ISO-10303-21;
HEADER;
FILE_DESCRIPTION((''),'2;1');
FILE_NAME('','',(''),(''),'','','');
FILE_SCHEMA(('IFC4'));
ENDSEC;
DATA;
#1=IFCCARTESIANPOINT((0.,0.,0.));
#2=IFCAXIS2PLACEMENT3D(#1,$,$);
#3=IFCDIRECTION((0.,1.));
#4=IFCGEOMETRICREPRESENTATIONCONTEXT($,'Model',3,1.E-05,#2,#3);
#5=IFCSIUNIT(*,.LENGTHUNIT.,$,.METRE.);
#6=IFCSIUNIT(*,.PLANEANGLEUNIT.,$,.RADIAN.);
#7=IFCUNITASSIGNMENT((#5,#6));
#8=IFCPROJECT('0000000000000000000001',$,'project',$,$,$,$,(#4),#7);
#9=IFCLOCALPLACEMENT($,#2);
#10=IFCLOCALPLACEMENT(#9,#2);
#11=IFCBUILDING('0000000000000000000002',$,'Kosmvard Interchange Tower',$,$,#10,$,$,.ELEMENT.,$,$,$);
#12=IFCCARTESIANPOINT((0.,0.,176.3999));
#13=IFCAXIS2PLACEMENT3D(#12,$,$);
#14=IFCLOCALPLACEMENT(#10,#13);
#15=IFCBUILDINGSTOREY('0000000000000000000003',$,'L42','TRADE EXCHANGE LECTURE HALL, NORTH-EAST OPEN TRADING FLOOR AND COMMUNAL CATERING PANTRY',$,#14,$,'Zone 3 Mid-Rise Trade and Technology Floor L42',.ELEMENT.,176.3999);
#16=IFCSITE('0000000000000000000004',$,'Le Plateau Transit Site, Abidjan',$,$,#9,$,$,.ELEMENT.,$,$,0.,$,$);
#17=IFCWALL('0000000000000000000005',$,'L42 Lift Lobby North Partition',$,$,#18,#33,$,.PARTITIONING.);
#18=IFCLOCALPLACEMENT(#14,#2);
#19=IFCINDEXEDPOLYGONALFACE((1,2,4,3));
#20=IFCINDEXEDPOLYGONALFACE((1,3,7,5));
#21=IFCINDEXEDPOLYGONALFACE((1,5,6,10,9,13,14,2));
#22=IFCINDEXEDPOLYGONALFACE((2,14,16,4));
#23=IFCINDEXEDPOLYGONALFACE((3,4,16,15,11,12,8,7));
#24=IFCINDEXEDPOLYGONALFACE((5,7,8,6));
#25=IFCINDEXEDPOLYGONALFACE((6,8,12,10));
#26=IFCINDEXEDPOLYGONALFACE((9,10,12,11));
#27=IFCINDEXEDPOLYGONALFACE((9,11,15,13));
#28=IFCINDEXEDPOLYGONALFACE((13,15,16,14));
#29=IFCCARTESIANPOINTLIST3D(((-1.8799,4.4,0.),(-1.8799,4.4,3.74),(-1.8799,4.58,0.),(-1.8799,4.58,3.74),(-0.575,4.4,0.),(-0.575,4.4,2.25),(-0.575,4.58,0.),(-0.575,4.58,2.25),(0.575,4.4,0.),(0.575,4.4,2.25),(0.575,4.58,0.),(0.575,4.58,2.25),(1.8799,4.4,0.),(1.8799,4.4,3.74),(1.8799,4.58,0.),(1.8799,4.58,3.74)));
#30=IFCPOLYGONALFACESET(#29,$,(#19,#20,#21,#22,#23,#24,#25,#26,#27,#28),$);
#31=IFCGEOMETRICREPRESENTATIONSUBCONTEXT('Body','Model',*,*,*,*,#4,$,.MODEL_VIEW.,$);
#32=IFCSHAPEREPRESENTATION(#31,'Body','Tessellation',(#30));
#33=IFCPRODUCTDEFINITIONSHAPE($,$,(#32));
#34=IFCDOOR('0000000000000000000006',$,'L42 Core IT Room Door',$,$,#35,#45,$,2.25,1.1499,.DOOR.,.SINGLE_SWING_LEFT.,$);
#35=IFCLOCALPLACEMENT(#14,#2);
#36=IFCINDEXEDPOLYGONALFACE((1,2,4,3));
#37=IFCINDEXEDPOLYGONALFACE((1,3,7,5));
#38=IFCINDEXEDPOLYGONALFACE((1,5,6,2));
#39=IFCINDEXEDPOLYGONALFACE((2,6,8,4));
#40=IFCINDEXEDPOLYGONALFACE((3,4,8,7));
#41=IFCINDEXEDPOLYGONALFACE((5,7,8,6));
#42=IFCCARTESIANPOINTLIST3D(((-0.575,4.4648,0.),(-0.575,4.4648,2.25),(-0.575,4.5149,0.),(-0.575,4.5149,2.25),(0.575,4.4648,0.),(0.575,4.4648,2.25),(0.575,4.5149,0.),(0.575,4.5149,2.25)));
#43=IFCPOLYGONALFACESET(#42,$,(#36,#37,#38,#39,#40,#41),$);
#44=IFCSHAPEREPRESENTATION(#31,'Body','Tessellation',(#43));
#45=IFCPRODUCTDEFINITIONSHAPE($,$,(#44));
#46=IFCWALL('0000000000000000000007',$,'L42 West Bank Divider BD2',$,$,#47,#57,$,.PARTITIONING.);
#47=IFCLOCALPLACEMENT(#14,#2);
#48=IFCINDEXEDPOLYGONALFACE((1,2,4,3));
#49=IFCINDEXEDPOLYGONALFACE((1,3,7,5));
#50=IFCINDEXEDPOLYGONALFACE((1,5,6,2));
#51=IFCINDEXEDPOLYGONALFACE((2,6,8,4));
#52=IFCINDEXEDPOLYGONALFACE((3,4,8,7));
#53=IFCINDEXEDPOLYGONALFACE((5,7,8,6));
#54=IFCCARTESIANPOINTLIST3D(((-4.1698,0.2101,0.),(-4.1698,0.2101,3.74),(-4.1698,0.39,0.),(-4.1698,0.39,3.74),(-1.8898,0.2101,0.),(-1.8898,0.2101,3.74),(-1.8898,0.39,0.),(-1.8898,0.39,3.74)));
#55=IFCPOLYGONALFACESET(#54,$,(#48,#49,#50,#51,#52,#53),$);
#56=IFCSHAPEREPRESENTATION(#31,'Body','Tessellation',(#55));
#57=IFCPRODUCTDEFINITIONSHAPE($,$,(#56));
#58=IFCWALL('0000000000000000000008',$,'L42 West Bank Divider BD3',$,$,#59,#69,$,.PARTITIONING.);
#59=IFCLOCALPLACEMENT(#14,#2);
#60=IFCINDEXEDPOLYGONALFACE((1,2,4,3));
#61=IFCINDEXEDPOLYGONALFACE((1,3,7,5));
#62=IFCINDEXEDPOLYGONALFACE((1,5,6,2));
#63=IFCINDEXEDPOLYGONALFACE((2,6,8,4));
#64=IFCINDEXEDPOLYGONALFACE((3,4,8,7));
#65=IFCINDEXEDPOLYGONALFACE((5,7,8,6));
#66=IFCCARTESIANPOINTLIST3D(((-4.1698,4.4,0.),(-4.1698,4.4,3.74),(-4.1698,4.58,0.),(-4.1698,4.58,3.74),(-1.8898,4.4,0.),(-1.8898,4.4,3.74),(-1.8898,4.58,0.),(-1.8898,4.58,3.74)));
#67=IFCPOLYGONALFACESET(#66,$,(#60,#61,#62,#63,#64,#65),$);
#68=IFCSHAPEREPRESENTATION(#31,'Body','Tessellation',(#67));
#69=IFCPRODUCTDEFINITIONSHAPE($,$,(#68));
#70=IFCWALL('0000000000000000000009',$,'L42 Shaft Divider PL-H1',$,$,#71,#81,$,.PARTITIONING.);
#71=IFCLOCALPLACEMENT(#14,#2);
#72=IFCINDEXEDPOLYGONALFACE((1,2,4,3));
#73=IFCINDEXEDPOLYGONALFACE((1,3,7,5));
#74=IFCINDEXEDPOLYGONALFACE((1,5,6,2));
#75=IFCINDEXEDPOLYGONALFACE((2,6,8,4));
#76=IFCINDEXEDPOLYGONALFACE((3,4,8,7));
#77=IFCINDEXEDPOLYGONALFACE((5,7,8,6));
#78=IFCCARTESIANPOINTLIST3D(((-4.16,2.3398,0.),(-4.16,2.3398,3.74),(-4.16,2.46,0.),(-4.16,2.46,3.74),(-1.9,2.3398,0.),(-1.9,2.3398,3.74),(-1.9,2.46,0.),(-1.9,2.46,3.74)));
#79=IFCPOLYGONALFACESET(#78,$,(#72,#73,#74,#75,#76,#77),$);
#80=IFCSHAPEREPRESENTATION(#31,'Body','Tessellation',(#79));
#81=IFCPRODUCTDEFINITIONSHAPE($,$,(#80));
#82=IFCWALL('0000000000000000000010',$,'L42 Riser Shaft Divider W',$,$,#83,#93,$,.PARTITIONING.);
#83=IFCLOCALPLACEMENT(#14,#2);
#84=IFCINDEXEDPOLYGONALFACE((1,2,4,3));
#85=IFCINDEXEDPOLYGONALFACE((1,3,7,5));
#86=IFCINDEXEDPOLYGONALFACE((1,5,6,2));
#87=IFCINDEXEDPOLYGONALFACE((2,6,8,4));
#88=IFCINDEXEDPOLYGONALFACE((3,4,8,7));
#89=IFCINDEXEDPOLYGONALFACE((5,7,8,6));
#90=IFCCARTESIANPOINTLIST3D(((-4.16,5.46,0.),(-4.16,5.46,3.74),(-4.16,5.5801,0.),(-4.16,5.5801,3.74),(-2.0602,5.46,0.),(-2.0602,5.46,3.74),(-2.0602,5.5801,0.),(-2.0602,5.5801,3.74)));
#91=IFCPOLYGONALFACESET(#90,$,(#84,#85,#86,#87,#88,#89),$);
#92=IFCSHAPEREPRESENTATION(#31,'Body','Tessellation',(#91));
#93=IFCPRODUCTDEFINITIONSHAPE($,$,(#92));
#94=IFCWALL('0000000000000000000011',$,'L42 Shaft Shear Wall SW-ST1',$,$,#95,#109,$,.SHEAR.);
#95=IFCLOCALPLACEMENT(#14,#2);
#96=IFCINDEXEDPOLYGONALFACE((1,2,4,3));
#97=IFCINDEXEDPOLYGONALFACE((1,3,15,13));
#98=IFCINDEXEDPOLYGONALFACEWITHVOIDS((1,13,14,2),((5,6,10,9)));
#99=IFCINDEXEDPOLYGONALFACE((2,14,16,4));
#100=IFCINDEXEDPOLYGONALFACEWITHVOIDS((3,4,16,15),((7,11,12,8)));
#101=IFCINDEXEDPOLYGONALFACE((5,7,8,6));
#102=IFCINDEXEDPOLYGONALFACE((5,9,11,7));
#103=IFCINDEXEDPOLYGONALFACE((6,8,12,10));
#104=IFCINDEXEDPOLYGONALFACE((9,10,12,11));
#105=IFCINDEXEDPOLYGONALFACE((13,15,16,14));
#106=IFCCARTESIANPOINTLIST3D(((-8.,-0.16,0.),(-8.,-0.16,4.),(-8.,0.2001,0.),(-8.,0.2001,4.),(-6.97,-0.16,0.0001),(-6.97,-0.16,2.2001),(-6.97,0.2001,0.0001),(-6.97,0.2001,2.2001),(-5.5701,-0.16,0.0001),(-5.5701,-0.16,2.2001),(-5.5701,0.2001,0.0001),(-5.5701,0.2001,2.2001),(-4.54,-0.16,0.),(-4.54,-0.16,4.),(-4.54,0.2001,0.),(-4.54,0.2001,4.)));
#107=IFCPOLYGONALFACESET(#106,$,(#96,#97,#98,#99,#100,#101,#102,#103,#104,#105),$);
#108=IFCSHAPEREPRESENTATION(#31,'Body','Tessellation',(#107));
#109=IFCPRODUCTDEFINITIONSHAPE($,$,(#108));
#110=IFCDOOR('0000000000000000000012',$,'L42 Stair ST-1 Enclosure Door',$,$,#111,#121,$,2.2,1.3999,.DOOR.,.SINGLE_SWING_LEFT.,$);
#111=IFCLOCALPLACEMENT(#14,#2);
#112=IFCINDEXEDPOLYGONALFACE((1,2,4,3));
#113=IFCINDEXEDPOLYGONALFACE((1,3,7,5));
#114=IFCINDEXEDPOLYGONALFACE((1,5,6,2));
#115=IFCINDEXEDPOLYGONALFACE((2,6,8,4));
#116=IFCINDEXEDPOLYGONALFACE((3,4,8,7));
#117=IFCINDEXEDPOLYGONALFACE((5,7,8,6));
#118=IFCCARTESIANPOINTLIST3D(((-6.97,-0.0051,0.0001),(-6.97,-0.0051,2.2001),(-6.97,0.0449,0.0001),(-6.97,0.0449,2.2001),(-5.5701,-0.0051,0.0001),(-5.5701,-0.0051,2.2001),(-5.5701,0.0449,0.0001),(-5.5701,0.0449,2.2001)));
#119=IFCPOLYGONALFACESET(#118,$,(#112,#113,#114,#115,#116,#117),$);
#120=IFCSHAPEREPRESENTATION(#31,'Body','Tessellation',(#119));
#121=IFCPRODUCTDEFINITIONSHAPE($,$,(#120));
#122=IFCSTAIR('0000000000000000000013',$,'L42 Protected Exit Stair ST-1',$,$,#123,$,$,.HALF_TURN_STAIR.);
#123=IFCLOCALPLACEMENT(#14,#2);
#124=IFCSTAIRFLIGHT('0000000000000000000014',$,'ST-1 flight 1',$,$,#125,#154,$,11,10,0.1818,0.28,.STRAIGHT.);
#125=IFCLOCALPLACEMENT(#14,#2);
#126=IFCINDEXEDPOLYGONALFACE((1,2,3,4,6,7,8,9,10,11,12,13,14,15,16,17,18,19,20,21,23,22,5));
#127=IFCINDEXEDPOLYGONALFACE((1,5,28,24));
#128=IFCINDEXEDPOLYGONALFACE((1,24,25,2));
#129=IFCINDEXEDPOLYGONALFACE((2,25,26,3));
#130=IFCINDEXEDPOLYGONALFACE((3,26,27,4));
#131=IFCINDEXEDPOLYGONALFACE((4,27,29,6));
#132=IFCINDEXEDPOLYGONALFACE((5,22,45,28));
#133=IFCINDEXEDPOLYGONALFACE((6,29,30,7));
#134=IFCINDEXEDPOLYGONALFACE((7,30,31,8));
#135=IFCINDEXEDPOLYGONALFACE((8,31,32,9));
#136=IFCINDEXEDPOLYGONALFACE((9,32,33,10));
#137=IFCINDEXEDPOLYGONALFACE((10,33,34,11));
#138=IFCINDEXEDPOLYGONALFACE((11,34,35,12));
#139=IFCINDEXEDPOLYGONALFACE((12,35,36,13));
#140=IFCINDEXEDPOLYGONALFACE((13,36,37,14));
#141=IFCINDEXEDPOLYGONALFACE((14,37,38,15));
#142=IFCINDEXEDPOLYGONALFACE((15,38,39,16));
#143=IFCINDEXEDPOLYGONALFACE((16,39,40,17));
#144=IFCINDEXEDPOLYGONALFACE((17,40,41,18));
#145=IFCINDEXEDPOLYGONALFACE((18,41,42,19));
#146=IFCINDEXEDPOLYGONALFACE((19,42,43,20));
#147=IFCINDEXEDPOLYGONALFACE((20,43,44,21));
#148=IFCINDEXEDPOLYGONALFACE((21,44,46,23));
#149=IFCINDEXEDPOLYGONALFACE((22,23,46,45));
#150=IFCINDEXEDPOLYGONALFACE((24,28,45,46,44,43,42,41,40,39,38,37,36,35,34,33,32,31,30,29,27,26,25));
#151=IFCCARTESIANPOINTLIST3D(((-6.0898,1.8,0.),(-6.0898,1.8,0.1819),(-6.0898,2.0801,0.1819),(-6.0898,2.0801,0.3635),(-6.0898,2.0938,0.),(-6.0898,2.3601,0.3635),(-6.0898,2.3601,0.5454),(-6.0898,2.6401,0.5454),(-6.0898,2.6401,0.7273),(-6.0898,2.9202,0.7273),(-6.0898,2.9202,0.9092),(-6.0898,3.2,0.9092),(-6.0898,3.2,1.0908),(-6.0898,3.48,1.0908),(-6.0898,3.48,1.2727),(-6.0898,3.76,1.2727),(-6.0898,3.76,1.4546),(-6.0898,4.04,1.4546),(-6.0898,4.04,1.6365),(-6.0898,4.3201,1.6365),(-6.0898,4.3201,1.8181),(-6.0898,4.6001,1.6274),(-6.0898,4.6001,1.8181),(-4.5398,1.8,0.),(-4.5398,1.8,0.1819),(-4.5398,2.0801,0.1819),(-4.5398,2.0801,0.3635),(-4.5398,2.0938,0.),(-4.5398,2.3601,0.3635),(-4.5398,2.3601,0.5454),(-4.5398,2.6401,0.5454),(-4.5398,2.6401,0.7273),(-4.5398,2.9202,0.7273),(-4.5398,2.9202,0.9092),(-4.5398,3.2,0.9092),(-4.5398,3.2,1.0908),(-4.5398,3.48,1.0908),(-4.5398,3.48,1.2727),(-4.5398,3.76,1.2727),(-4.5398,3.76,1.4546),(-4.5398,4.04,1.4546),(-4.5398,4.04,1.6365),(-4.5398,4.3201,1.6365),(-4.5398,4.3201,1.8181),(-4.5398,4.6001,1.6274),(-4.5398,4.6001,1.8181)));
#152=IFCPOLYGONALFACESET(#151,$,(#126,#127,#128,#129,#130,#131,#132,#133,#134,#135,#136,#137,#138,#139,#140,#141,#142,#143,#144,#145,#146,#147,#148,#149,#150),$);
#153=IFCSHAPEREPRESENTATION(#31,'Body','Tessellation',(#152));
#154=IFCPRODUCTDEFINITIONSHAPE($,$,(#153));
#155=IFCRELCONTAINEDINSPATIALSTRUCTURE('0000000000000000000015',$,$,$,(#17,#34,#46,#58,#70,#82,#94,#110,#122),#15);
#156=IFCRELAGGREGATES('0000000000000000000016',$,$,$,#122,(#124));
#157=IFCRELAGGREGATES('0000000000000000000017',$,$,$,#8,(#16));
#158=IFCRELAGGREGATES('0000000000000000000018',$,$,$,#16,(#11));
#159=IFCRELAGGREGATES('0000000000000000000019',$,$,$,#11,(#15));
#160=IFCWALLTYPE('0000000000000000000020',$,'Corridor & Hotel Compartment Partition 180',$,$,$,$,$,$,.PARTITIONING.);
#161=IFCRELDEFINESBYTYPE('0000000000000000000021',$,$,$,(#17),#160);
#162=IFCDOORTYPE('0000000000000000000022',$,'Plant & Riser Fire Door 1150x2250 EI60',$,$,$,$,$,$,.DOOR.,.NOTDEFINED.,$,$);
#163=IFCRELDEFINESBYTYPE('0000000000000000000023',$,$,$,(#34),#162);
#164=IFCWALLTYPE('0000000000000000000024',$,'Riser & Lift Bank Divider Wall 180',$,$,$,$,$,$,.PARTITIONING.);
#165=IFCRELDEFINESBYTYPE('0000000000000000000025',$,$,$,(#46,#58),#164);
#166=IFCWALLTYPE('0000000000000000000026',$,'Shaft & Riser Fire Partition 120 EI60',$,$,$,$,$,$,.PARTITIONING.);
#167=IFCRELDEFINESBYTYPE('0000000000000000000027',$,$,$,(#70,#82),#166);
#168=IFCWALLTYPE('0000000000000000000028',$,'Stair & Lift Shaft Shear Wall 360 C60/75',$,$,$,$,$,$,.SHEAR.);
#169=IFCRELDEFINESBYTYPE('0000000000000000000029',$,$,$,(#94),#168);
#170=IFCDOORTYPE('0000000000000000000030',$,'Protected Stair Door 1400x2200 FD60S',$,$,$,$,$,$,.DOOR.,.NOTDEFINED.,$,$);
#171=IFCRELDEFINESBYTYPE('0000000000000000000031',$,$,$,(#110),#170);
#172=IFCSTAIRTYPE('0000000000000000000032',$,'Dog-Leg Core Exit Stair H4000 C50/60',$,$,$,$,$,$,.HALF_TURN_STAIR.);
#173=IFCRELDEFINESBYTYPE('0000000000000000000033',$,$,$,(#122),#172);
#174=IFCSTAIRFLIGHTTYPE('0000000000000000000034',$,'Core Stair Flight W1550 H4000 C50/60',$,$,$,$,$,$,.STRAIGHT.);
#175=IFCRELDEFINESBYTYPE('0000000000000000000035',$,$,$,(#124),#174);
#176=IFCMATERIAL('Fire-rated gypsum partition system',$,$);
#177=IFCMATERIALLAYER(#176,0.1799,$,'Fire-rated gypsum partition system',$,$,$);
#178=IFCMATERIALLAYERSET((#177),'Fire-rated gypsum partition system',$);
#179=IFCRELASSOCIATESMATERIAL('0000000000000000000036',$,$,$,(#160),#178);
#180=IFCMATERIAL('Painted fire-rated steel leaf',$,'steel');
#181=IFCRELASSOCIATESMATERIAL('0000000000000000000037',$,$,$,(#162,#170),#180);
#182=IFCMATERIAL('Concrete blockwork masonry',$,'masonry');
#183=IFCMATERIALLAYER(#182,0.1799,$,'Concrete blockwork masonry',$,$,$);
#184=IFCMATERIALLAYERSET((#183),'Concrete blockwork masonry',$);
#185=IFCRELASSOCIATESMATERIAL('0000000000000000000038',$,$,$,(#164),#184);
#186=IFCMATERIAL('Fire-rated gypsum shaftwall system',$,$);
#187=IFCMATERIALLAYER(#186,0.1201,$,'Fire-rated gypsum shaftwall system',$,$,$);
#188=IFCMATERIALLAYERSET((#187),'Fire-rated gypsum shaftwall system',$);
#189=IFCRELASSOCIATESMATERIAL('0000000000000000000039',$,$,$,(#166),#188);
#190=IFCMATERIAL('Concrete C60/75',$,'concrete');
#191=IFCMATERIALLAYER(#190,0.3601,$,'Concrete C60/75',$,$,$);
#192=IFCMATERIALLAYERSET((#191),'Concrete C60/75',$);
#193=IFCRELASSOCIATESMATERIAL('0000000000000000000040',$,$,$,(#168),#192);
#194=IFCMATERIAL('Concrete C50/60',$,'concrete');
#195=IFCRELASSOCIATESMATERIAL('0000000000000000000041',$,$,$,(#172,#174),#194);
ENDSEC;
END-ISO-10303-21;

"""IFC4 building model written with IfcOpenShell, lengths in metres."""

from ifc_helpers import new_model, si_unit, direction, frame, frame_2d, origin, place, context, subcontext, project, spatial, polyline, rectangle, outline, extrude, source, transform, mapped, material, layer, layer_set, type_object, element, fill, aggregate, save


model = new_model("IFC4")

# Units and contexts
model_context = context("Model", 3, precision=1e-05, world=origin(), true_north=direction((0.0, 1.0)))
body_context = subcontext(model_context, "Body", "Model", "MODEL_VIEW")
ifc_project = project(units=[si_unit("LENGTHUNIT", "METRE"), si_unit("PLANEANGLEUNIT", "RADIAN")], contexts=[model_context])

# Site, building, storey
site_placement = place(None, origin())
site = spatial("IfcSite", under=ifc_project, at=site_placement, Name="Le Plateau Transit Site, Abidjan", CompositionType="ELEMENT", RefElevation=0.0)
building_placement = place(site_placement, origin())
building = spatial("IfcBuilding", under=site, at=building_placement, Name="Kosmvard Interchange Tower", CompositionType="ELEMENT")
storey_placement = place(building_placement, frame((0.0, 0.0, 176.3999)))
storey = spatial("IfcBuildingStorey", under=building, at=storey_placement, Name="L42", Description="TRADE EXCHANGE LECTURE HALL, NORTH-EAST OPEN TRADING FLOOR AND COMMUNAL CATERING PANTRY", LongName="Zone 3 Mid-Rise Trade and Technology Floor L42", CompositionType="ELEMENT", Elevation=176.3999)

# Shared definitions
ifc_material_1 = material(Name="Concrete C60/75", Category="concrete")

# Shared definitions
ifc_material_2 = material(Name="Fire-rated gypsum partition system")

# Wall, opening, door
ifc_layer_1 = layer(ifc_material_2, 0.1799, Name="Fire-rated gypsum partition system")
ifc_layer_set_1 = layer_set([ifc_layer_1], Name="Fire-rated gypsum partition system")
wall_type_1 = type_object("IfcWallType", Name="Corridor & Hotel Compartment Partition 180", PredefinedType="PARTITIONING", material=ifc_layer_set_1)
wall_1_placement = place(storey_placement, frame((-1.8799, 4.49, 0.0), z_axis=(0.0, 0.0, 1.0), x_axis=(1.0, 0.0, 0.0)))
wall_1 = element("IfcWall", 1, at=wall_1_placement, inside=storey, type_object=wall_type_1, Name="L42 Lift Lobby North Partition", PredefinedType="PARTITIONING", context=body_context, shape_type="SweptSolid", body=[
    extrude(rectangle(XDim=3.7598, YDim=0.1799, at=frame_2d((1.8799, 0.0))), origin(), (0.0, 0.0, 1.0), 3.74),
])
opening_1_placement = place(wall_1_placement, frame((1.3049, 0.0, 0.0)))
opening_1 = element("IfcOpeningElement", 2, at=opening_1_placement, cuts=wall_1, PredefinedType="OPENING", context=body_context, shape_type="SweptSolid", body=[
    extrude(rectangle(XDim=1.1499, YDim=2.25, at=frame_2d((0.575, 1.125))), frame((0.0, 0.1001, 0.0), z_axis=(0.0, -1.0, 0.0), x_axis=(1.0, 0.0, 0.0)), (0.0, 0.0, 1.0), 0.2),
])
ifc_material_3 = material(Name="Painted fire-rated steel leaf", Category="steel")
door_type_1 = type_object("IfcDoorType", Name="Plant & Riser Fire Door 1150x2250 EI60", OperationType="NOTDEFINED", PredefinedType="DOOR", material=ifc_material_3)
shared_shape_1 = source(origin(), body_context, "Body", "SweptSolid", [
    extrude(rectangle(XDim=1.1499, YDim=2.25, at=frame_2d((0.575, 1.125))), frame((0.0, 0.0249, 0.0), z_axis=(0.0, -1.0, 0.0), x_axis=(1.0, 0.0, 0.0)), (0.0, 0.0, 1.0), 0.05),
])
door_1_placement = place(opening_1_placement, origin())
door_1 = element("IfcDoor", 3, at=door_1_placement, inside=storey, type_object=door_type_1, Name="L42 Core IT Room Door", OperationType="SINGLE_SWING_LEFT", OverallHeight=2.25, OverallWidth=1.1499, PredefinedType="DOOR", context=body_context, shape_type="MappedRepresentation", body=[
    mapped(shared_shape_1, transform((0.0, 0.0, 0.0), scale=1.0)),
])
fill(opening_1, door_1)

# Walls
ifc_material_4 = material(Name="Concrete blockwork masonry", Category="masonry")
ifc_layer_2 = layer(ifc_material_4, 0.1799, Name="Concrete blockwork masonry")
ifc_layer_set_2 = layer_set([ifc_layer_2], Name="Concrete blockwork masonry")
wall_type_2 = type_object("IfcWallType", Name="Riser & Lift Bank Divider Wall 180", PredefinedType="PARTITIONING", material=ifc_layer_set_2)
for number, where, z_axis, x_axis, name in (
    (4, (-4.1699, 0.3, 0.0), (0.0, 0.0, 1.0), (1.0, 0.0, 0.0), "L42 West Bank Divider BD2"),
    (5, (-4.1699, 4.49, 0.0), (0.0, 0.0, 1.0), (1.0, 0.0, 0.0), "L42 West Bank Divider BD3"),
):
    element("IfcWall", number, at=place(storey_placement, frame(where, z_axis=z_axis, x_axis=x_axis)), inside=storey, type_object=wall_type_2, Name=name, PredefinedType="PARTITIONING", context=body_context, shape_type="SweptSolid", body=[
        extrude(rectangle(XDim=2.28, YDim=0.1799, at=frame_2d((1.1401, 0.0))), origin(), (0.0, 0.0, 1.0), 3.74),
    ])
ifc_material_5 = material(Name="Fire-rated gypsum shaftwall system")
ifc_layer_3 = layer(ifc_material_5, 0.1201, Name="Fire-rated gypsum shaftwall system")
ifc_layer_set_3 = layer_set([ifc_layer_3], Name="Fire-rated gypsum shaftwall system")
wall_type_3 = type_object("IfcWallType", Name="Shaft & Riser Fire Partition 120 EI60", PredefinedType="PARTITIONING", material=ifc_layer_set_3)
wall_2_placement = place(storey_placement, frame((-4.1599, 2.3999, 0.0), z_axis=(0.0, 0.0, 1.0), x_axis=(1.0, 0.0, 0.0)))
element("IfcWall", 6, at=wall_2_placement, inside=storey, type_object=wall_type_3, Name="L42 Shaft Divider PL-H1", PredefinedType="PARTITIONING", context=body_context, shape_type="SweptSolid", body=[
    extrude(rectangle(XDim=2.26, YDim=0.1201, at=frame_2d((1.1299, 0.0))), origin(), (0.0, 0.0, 1.0), 3.74),
])
wall_3_placement = place(storey_placement, frame((-4.1599, 5.52, 0.0), z_axis=(0.0, 0.0, 1.0), x_axis=(1.0, 0.0, 0.0)))
element("IfcWall", 7, at=wall_3_placement, inside=storey, type_object=wall_type_3, Name="L42 Riser Shaft Divider W", PredefinedType="PARTITIONING", context=body_context, shape_type="SweptSolid", body=[
    extrude(rectangle(XDim=2.0999, YDim=0.1201, at=frame_2d((1.0498, 0.0))), origin(), (0.0, 0.0, 1.0), 3.74),
])

# Wall, opening, door
ifc_layer_4 = layer(ifc_material_1, 0.3601, Name="Concrete C60/75")
ifc_layer_set_4 = layer_set([ifc_layer_4], Name="Concrete C60/75")
wall_type_4 = type_object("IfcWallType", Name="Stair & Lift Shaft Shear Wall 360 C60/75", PredefinedType="SHEAR", material=ifc_layer_set_4)
wall_4_placement = place(storey_placement, frame((-8.0, 0.02, 0.0), z_axis=(0.0, 0.0, 1.0), x_axis=(1.0, 0.0, 0.0)))
wall_4 = element("IfcWall", 8, at=wall_4_placement, inside=storey, type_object=wall_type_4, Name="L42 Shaft Shear Wall SW-ST1", PredefinedType="SHEAR", context=body_context, shape_type="SweptSolid", body=[
    extrude(rectangle(XDim=3.46, YDim=0.3601, at=frame_2d((1.73, 0.0))), origin(), (0.0, 0.0, 1.0), 4.0),
])
opening_2_placement = place(wall_4_placement, frame((1.03, 0.0, 0.0)))
opening_2 = element("IfcOpeningElement", 9, at=opening_2_placement, cuts=wall_4, PredefinedType="OPENING", context=body_context, shape_type="SweptSolid", body=[
    extrude(rectangle(XDim=1.3999, YDim=2.2, at=frame_2d((0.7, 1.1001))), frame((0.0, 0.1899, 0.0), z_axis=(0.0, -1.0, 0.0), x_axis=(1.0, 0.0, 0.0)), (0.0, 0.0, 1.0), 0.3801),
])
door_type_2 = type_object("IfcDoorType", Name="Protected Stair Door 1400x2200 FD60S", OperationType="NOTDEFINED", PredefinedType="DOOR", material=ifc_material_3)
shared_shape_2 = source(origin(), body_context, "Body", "SweptSolid", [
    extrude(rectangle(XDim=1.3999, YDim=2.2, at=frame_2d((0.7, 1.1001))), frame((0.0, 0.0249, 0.0), z_axis=(0.0, -1.0, 0.0), x_axis=(1.0, 0.0, 0.0)), (0.0, 0.0, 1.0), 0.05),
])
door_2_placement = place(opening_2_placement, origin())
door_2 = element("IfcDoor", 10, at=door_2_placement, inside=storey, type_object=door_type_2, Name="L42 Stair ST-1 Enclosure Door", OperationType="SINGLE_SWING_LEFT", OverallHeight=2.2, OverallWidth=1.3999, PredefinedType="DOOR", context=body_context, shape_type="MappedRepresentation", body=[
    mapped(shared_shape_2, transform((0.0, 0.0, 0.0), scale=1.0)),
])
fill(opening_2, door_2)

# Stair, stair flight
ifc_material_6 = material(Name="Concrete C50/60", Category="concrete")
stair_type = type_object("IfcStairType", Name="Dog-Leg Core Exit Stair H4000 C50/60", PredefinedType="HALF_TURN_STAIR", material=ifc_material_6)
stair_placement = place(storey_placement, origin())
stair = element("IfcStair", 11, at=stair_placement, inside=storey, type_object=stair_type, Name="L42 Protected Exit Stair ST-1", PredefinedType="HALF_TURN_STAIR")
stair_flight_type = type_object("IfcStairFlightType", Name="Core Stair Flight W1550 H4000 C50/60", PredefinedType="STRAIGHT", material=ifc_material_6)
shared_shape_3 = source(origin(), body_context, "Body", "SweptSolid", [
    extrude(outline(polyline([(0.0, 0.0), (0.0, 0.1819), (0.28, 0.1819), (0.28, 0.3635), (0.5601, 0.3635), (0.5601, 0.5454), (0.8401, 0.5454), (0.8401, 0.7273), (1.1201, 0.7273), (1.1201, 0.9092), (1.3999, 0.9092), (1.3999, 1.0908), (1.6799, 1.0908), (1.6799, 1.2727), (1.96, 1.2727), (1.96, 1.4546), (2.24, 1.4546), (2.24, 1.6365), (2.52, 1.6365), (2.52, 1.8181), (2.8, 1.8181), (2.8, 2.0), (2.8, 1.6274), (0.2937, 0.0), (0.0, 0.0)])), frame((0.0, 0.7749, 0.0), z_axis=(0.0, -1.0, 0.0), x_axis=(1.0, 0.0, 0.0)), (0.0, 0.0, 1.0), 1.55),
])
stair_flight_1_placement = place(storey_placement, frame((-5.3149, 1.8, 0.0), z_axis=(0.0, 0.0, 1.0), x_axis=(0.0, 1.0, 0.0)))
stair_flight_1 = element("IfcStairFlight", 12, at=stair_flight_1_placement, type_object=stair_flight_type, Name="ST-1 flight 1", NumberOfRisers=11, NumberOfTreads=10, PredefinedType="STRAIGHT", RiserHeight=0.1818, TreadLength=0.28, context=body_context, shape_type="MappedRepresentation", body=[
    mapped(shared_shape_3, transform((0.0, 0.0, 0.0), scale=1.0)),
])
aggregate(stair, [stair_flight_1])

save(model, "model.ifc")
